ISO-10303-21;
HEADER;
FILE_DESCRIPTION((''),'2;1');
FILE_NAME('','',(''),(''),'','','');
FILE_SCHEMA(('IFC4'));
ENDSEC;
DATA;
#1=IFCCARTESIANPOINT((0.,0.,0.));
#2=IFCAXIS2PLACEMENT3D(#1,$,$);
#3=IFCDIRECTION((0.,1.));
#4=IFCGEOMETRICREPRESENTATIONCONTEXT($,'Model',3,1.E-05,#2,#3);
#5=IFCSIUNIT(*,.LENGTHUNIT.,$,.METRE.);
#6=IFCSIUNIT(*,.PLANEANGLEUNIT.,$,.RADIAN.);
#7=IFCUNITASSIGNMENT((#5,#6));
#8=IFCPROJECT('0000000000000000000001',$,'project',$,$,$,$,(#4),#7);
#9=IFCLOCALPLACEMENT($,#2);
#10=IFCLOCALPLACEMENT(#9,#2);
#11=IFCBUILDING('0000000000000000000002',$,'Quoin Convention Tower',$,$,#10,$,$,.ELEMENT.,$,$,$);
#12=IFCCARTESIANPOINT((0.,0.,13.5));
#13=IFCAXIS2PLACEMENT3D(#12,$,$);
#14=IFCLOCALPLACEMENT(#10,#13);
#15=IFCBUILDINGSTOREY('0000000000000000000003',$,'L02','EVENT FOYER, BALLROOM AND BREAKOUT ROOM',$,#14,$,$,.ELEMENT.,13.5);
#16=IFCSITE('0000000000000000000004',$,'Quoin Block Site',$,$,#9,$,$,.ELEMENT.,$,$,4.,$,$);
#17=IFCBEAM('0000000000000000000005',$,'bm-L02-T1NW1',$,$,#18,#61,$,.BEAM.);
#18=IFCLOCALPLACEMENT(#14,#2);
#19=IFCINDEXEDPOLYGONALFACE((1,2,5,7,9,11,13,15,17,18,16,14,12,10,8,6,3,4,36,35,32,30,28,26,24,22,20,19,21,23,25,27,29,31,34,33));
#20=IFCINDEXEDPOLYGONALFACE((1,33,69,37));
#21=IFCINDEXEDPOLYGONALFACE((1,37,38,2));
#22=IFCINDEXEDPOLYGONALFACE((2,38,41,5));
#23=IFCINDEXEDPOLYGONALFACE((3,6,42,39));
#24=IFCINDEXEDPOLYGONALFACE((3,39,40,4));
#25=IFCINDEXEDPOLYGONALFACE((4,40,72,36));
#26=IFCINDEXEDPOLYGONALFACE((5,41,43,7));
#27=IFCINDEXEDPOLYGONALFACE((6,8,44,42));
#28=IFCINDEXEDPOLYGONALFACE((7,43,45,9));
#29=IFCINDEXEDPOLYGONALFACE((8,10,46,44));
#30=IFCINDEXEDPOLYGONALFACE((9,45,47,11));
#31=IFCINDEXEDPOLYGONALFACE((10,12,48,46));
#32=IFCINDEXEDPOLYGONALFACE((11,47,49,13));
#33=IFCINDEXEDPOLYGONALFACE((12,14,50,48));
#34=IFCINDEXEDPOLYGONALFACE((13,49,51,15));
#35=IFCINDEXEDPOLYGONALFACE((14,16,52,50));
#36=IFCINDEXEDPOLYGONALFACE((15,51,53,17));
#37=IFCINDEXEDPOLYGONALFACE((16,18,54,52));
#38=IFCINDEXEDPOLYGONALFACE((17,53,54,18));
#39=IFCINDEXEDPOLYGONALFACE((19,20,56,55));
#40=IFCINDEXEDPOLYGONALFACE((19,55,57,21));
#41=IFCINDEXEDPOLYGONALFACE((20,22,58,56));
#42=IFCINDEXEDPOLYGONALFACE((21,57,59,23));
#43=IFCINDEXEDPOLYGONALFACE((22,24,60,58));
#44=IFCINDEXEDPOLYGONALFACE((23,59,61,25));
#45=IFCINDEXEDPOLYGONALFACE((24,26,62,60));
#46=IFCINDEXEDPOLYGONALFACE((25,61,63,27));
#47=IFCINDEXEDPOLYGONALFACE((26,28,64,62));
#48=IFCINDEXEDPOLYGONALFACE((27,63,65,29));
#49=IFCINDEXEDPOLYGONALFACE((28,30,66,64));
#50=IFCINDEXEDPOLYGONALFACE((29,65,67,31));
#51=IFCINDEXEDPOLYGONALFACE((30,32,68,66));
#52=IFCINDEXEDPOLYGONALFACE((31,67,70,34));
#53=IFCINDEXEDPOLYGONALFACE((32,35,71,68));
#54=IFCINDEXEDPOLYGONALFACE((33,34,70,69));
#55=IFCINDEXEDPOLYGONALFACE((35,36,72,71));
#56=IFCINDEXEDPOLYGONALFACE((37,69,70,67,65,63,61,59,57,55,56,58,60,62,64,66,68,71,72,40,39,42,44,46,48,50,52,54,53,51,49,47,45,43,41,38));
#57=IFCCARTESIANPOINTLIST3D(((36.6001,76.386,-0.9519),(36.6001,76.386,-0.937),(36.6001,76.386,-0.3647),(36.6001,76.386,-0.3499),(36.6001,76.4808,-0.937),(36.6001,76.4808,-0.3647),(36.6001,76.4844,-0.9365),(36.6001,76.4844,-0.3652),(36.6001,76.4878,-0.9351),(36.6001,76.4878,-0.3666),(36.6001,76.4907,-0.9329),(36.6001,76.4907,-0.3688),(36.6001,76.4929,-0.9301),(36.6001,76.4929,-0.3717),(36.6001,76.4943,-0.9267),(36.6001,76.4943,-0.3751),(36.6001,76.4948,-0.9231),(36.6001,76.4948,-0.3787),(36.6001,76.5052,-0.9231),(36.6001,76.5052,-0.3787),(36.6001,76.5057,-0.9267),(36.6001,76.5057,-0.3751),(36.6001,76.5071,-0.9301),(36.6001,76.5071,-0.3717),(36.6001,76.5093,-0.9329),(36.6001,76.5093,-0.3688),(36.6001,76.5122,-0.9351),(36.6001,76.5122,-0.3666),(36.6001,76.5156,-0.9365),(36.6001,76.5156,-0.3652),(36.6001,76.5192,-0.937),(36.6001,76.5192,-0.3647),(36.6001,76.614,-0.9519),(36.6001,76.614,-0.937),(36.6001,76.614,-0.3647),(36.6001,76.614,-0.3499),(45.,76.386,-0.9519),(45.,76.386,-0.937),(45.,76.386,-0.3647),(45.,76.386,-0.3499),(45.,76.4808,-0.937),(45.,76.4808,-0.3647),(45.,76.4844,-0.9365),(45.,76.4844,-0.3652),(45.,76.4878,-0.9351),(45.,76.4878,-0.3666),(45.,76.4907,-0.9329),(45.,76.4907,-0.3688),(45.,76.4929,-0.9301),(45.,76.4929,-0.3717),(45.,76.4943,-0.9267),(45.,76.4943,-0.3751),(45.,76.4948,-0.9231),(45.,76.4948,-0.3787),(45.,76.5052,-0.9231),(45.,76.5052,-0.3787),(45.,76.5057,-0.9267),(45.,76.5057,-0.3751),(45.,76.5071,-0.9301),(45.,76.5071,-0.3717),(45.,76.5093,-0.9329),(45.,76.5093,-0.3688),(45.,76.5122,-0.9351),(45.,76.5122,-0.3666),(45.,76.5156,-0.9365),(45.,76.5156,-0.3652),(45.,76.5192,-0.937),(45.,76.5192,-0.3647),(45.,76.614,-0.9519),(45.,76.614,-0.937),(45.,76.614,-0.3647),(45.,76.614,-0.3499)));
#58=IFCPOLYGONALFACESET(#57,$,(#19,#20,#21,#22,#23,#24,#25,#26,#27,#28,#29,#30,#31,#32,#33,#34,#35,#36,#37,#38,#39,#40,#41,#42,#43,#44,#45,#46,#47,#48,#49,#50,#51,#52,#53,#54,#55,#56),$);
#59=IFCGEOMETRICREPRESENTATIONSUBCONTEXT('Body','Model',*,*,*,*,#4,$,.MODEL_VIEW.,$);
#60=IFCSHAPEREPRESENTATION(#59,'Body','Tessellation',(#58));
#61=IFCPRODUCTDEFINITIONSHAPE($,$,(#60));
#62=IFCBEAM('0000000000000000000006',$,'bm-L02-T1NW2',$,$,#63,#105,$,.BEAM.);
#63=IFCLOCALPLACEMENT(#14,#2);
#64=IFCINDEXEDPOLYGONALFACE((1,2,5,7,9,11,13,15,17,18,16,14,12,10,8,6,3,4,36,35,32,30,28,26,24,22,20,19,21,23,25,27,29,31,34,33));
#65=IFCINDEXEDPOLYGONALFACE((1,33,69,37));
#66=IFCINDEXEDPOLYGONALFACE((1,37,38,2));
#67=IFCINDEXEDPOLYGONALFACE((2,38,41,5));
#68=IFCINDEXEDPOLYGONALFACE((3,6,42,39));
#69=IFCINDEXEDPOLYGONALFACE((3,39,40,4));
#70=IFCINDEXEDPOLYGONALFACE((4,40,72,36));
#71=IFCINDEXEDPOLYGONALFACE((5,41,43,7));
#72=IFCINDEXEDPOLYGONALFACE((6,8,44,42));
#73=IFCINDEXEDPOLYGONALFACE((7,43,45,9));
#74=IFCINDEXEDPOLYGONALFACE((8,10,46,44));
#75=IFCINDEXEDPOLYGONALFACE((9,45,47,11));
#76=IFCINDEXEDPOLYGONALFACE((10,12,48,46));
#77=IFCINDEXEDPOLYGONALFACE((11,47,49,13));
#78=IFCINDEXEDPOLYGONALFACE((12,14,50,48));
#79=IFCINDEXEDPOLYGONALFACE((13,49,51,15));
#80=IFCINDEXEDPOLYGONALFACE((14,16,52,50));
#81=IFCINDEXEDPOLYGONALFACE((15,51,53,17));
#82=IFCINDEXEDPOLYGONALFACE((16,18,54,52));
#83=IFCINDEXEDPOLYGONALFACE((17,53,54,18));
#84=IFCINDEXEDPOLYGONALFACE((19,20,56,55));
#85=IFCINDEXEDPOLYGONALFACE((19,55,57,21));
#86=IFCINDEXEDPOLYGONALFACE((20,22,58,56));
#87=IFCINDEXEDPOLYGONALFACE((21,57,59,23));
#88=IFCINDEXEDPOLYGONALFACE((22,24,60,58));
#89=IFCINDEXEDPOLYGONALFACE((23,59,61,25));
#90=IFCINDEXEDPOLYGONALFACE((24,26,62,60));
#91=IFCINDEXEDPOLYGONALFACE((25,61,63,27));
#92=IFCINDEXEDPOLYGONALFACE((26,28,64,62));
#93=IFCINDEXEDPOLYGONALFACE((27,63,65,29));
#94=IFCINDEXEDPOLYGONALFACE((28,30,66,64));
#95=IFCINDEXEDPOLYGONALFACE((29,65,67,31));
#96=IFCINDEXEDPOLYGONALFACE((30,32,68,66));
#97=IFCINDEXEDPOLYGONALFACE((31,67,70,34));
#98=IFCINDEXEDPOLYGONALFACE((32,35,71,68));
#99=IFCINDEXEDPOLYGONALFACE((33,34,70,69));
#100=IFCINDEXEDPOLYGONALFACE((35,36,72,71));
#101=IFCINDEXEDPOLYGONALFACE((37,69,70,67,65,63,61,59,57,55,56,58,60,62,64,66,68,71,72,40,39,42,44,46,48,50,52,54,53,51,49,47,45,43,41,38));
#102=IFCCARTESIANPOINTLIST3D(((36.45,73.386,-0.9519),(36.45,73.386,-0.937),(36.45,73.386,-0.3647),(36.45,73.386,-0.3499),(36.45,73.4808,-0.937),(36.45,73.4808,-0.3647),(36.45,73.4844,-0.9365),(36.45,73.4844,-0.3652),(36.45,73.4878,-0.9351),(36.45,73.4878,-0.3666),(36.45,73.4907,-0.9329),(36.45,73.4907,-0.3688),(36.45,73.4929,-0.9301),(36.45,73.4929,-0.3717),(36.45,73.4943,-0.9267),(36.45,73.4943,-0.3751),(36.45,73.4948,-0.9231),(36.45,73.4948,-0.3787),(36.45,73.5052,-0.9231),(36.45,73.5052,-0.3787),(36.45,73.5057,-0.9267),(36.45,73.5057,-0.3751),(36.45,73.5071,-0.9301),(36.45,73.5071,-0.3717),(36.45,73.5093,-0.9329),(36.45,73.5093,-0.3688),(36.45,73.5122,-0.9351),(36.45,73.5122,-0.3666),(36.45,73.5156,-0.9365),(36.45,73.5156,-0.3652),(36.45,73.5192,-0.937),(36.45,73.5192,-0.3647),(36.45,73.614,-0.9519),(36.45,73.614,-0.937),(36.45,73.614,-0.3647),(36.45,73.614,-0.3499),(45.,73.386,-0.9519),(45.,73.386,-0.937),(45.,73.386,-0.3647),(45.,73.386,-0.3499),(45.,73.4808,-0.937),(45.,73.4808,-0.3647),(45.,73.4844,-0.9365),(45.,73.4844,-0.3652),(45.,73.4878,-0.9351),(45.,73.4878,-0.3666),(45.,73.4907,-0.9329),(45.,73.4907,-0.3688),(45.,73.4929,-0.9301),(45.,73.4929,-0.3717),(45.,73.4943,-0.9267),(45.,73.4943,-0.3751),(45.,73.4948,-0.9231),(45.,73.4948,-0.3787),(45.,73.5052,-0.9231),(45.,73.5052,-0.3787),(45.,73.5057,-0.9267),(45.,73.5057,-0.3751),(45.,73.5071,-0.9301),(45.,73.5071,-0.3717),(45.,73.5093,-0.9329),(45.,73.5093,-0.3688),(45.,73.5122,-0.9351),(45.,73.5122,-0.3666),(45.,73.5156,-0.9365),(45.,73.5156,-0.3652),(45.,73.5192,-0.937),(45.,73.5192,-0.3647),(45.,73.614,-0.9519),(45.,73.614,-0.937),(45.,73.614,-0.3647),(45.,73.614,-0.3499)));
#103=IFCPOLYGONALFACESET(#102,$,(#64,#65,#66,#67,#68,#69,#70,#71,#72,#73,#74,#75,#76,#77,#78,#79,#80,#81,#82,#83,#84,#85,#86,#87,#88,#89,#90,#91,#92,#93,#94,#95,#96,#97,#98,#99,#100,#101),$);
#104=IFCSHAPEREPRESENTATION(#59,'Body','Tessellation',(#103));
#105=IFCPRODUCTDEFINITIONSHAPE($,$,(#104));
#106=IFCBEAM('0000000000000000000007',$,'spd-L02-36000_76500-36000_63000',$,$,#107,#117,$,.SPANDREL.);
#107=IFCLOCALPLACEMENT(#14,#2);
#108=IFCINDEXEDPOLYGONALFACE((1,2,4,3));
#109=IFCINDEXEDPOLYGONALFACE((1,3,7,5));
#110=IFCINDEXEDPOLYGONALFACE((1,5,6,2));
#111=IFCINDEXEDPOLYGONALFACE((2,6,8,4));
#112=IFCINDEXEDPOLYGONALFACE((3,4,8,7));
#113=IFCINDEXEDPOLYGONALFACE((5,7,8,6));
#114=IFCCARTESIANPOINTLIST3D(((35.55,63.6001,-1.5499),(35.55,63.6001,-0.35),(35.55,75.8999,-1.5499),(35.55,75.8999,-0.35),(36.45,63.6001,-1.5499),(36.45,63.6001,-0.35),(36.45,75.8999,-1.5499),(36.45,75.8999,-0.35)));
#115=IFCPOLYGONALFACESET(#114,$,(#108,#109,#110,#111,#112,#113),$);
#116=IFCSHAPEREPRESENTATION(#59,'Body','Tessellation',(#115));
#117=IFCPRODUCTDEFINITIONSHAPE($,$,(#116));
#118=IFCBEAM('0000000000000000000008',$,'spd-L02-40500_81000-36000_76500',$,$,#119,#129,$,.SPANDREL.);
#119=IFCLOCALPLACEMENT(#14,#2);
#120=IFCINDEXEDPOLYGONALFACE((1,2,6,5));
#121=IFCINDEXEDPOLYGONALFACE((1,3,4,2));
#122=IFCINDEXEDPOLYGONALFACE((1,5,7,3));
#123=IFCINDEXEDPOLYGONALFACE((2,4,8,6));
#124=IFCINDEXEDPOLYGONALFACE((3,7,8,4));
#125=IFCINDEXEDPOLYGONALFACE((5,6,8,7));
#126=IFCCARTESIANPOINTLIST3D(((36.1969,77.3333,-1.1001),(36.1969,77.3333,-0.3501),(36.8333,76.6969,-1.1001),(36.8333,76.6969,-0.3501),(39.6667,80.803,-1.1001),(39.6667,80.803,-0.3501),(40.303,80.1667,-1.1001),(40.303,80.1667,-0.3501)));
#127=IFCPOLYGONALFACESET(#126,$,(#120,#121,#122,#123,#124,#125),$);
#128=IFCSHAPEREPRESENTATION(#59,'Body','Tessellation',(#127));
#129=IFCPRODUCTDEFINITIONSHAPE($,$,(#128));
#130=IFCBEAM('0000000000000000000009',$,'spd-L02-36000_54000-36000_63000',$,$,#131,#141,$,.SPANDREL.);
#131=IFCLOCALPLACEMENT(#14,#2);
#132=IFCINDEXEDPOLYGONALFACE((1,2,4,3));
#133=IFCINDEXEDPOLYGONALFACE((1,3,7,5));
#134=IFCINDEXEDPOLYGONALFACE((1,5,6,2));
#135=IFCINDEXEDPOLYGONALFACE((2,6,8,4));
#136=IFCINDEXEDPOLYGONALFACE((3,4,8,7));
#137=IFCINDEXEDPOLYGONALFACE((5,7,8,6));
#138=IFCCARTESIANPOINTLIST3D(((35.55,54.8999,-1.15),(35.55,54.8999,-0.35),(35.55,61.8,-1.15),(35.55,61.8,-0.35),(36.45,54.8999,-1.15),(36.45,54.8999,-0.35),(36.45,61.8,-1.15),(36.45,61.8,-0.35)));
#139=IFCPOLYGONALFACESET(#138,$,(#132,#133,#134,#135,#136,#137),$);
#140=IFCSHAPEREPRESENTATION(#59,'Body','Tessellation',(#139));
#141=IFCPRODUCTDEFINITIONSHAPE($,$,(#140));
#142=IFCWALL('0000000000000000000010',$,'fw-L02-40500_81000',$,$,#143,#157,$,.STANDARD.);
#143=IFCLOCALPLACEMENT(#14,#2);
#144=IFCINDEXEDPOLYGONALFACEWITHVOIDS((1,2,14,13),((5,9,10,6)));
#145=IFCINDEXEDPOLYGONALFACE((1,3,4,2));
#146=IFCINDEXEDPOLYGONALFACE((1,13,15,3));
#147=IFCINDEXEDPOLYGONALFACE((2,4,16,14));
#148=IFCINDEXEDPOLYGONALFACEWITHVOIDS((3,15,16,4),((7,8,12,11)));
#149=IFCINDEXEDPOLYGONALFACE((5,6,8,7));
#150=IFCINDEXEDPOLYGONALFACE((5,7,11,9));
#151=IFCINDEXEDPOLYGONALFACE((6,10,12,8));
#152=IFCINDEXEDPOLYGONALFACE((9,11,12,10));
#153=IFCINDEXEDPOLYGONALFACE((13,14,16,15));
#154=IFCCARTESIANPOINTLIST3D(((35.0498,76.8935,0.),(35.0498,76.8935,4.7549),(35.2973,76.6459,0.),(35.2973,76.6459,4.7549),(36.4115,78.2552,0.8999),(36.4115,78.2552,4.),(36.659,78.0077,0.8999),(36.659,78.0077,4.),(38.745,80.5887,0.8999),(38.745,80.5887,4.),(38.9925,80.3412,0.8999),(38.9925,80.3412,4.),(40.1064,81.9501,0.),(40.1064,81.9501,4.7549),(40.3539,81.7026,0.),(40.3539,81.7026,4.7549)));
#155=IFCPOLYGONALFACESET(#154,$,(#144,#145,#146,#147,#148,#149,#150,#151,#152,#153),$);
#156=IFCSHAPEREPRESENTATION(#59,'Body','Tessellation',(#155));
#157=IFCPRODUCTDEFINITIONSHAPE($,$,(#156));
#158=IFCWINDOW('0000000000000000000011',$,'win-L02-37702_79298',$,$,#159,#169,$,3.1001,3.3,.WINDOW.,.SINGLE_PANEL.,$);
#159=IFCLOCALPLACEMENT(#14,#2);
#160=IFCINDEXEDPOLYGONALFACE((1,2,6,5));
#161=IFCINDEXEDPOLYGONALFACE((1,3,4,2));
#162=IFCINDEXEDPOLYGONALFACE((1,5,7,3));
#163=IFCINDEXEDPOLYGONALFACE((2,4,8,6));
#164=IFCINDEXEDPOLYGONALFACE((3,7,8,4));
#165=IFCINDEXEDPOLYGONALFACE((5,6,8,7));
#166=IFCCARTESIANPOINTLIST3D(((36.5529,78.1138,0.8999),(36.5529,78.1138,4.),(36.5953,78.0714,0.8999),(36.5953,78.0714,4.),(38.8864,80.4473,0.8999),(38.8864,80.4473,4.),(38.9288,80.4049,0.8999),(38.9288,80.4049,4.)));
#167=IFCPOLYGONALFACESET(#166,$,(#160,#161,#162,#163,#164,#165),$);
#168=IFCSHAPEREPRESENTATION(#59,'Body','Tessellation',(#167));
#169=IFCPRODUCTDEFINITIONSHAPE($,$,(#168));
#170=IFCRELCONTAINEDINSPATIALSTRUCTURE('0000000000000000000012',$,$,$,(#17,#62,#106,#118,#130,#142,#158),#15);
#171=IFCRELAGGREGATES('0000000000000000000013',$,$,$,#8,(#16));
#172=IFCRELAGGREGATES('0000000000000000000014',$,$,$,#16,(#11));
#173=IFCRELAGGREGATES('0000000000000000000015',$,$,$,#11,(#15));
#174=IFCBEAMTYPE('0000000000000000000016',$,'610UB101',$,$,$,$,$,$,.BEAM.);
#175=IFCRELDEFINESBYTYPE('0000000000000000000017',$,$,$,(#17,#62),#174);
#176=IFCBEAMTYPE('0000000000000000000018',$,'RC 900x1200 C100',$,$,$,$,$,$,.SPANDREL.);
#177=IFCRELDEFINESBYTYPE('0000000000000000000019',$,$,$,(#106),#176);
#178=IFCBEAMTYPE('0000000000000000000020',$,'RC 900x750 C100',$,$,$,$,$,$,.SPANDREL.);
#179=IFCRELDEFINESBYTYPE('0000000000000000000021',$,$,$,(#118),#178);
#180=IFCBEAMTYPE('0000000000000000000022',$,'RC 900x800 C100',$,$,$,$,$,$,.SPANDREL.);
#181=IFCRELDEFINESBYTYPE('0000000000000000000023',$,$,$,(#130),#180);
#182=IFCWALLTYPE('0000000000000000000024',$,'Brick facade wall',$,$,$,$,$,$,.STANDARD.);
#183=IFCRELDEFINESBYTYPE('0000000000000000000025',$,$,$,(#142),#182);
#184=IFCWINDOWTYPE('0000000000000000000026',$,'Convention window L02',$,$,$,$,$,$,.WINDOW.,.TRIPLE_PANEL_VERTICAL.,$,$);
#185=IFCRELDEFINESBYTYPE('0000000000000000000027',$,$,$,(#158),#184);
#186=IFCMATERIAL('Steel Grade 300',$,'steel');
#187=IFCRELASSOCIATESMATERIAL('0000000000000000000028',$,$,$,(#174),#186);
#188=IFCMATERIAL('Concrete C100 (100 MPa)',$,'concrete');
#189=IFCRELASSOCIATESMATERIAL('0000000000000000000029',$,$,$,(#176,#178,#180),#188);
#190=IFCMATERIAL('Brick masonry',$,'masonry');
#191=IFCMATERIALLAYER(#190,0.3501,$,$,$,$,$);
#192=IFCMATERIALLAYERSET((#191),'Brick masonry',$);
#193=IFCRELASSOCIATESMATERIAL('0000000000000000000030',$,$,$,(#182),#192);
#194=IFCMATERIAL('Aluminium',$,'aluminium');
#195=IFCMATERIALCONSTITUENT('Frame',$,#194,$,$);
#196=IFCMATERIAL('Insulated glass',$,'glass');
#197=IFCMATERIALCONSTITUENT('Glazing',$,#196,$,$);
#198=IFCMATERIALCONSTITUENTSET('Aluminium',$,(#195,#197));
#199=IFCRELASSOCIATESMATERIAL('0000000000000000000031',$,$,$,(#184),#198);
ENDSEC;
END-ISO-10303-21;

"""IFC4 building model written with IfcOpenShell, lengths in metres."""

from ifc_helpers import new_model, si_unit, direction, frame, frame_2d, origin, origin_2d, place, context, subcontext, project, spatial, rectangle, i_section, extrude, material, layer, layer_set, constituent, constituent_set, material_profile, profile_set, type_object, element, fill, save


model = new_model("IFC4")

# Units and contexts
model_context = context("Model", 3, precision=1e-05, world=origin(), true_north=direction((0.0, 1.0)))
body_context = subcontext(model_context, "Body", "Model", "MODEL_VIEW")
ifc_project = project(units=[si_unit("LENGTHUNIT", "METRE"), si_unit("PLANEANGLEUNIT", "RADIAN")], contexts=[model_context])

# Site, building, storey
site_placement = place(None, origin())
site = spatial("IfcSite", under=ifc_project, at=site_placement, Name="Quoin Block Site", CompositionType="ELEMENT", RefElevation=4.0)
building_placement = place(site_placement, origin())
building = spatial("IfcBuilding", under=site, at=building_placement, Name="Quoin Convention Tower", CompositionType="ELEMENT")
storey_placement = place(building_placement, frame((0.0, 0.0, 13.5)))
storey = spatial("IfcBuildingStorey", under=building, at=storey_placement, Name="L02", Description="EVENT FOYER, BALLROOM AND BREAKOUT ROOM", CompositionType="ELEMENT", Elevation=13.5)

# Shared definitions
ifc_material_1 = material(Name="Concrete C100 (100 MPa)", Category="concrete")

# Beams
ifc_material_2 = material(Name="Steel Grade 300", Category="steel")
ifc_material_profile_1 = material_profile(ifc_material_2, i_section(OverallWidth=0.228, OverallDepth=0.6021, WebThickness=0.0105, FlangeThickness=0.0149, FilletRadius=0.0139, at=origin_2d()), Name="610UB101")
ifc_profile_set_1 = profile_set([ifc_material_profile_1], Name="Steel Grade 300")
beam_type_1 = type_object("IfcBeamType", Name="610UB101", PredefinedType="BEAM", material=ifc_profile_set_1)
beam_1_placement = place(storey_placement, frame((36.6001, 76.5, -0.6509), z_axis=(1.0, 0.0, 0.0), x_axis=(0.0, 1.0, 0.0)))
element("IfcBeam", 1, at=beam_1_placement, inside=storey, type_object=beam_type_1, Name="bm-L02-T1NW1", PredefinedType="BEAM", context=body_context, shape_type="SweptSolid", body=[
    extrude(i_section(OverallWidth=0.228, OverallDepth=0.6021, WebThickness=0.0105, FlangeThickness=0.0149, FilletRadius=0.0139, at=origin_2d()), origin(), (0.0, 0.0, 1.0), 8.3999),
])
beam_2_placement = place(storey_placement, frame((36.45, 73.5, -0.6509), z_axis=(1.0, 0.0, 0.0), x_axis=(0.0, 1.0, 0.0)))
element("IfcBeam", 2, at=beam_2_placement, inside=storey, type_object=beam_type_1, Name="bm-L02-T1NW2", PredefinedType="BEAM", context=body_context, shape_type="SweptSolid", body=[
    extrude(i_section(OverallWidth=0.228, OverallDepth=0.6021, WebThickness=0.0105, FlangeThickness=0.0149, FilletRadius=0.0139, at=origin_2d()), origin(), (0.0, 0.0, 1.0), 8.55),
])
ifc_material_profile_2 = material_profile(ifc_material_1, rectangle(XDim=0.8999, YDim=1.2, at=origin_2d()), Name="RC 900x1200")
ifc_profile_set_2 = profile_set([ifc_material_profile_2], Name="Concrete C100 (100 MPa)")
beam_type_2 = type_object("IfcBeamType", Name="RC 900x1200 C100", PredefinedType="SPANDREL", material=ifc_profile_set_2)
beam_3_placement = place(storey_placement, frame((36.0, 75.8999, -0.95), z_axis=(0.0, -1.0, 0.0), x_axis=(1.0, 0.0, 0.0)))
element("IfcBeam", 3, at=beam_3_placement, inside=storey, type_object=beam_type_2, Name="spd-L02-36000_76500-36000_63000", PredefinedType="SPANDREL", context=body_context, shape_type="SweptSolid", body=[
    extrude(rectangle(XDim=0.8999, YDim=1.2, at=origin_2d()), origin(), (0.0, 0.0, 1.0), 12.2998),
])
ifc_material_profile_3 = material_profile(ifc_material_1, rectangle(XDim=0.8999, YDim=0.75, at=origin_2d()), Name="RC 900x750")
ifc_profile_set_3 = profile_set([ifc_material_profile_3], Name="Concrete C100 (100 MPa)")
beam_type_3 = type_object("IfcBeamType", Name="RC 900x750 C100", PredefinedType="SPANDREL", material=ifc_profile_set_3)
beam_4_placement = place(storey_placement, frame((39.9849, 80.4849, -0.7251), z_axis=(-0.707107, -0.707107, 0.0), x_axis=(0.707107, -0.707107, 0.0)))
element("IfcBeam", 4, at=beam_4_placement, inside=storey, type_object=beam_type_3, Name="spd-L02-40500_81000-36000_76500", PredefinedType="SPANDREL", context=body_context, shape_type="SweptSolid", body=[
    extrude(rectangle(XDim=0.8999, YDim=0.75, at=origin_2d()), origin(), (0.0, 0.0, 1.0), 4.907),
])
ifc_material_profile_4 = material_profile(ifc_material_1, rectangle(XDim=0.8999, YDim=0.8, at=origin_2d()), Name="RC 900x800")
ifc_profile_set_4 = profile_set([ifc_material_profile_4], Name="Concrete C100 (100 MPa)")
beam_type_4 = type_object("IfcBeamType", Name="RC 900x800 C100", PredefinedType="SPANDREL", material=ifc_profile_set_4)
beam_5_placement = place(storey_placement, frame((36.0, 54.8999, -0.75), z_axis=(0.0, 1.0, 0.0), x_axis=(-1.0, 0.0, 0.0)))
element("IfcBeam", 5, at=beam_5_placement, inside=storey, type_object=beam_type_4, Name="spd-L02-36000_54000-36000_63000", PredefinedType="SPANDREL", context=body_context, shape_type="SweptSolid", body=[
    extrude(rectangle(XDim=0.8999, YDim=0.8, at=origin_2d()), origin(), (0.0, 0.0, 1.0), 6.9001),
])

# Wall, opening, window
ifc_material_3 = material(Name="Brick masonry", Category="masonry")
ifc_layer_1 = layer(ifc_material_3, 0.3501)
ifc_layer_set_1 = layer_set([ifc_layer_1], Name="Brick masonry")
wall_type_1 = type_object("IfcWallType", Name="Brick facade wall", PredefinedType="STANDARD", material=ifc_layer_set_1)
wall_1_placement = place(storey_placement, frame((40.2302, 81.8264, 0.0), z_axis=(0.0, 0.0, 1.0), x_axis=(-0.707107, -0.707107, 0.0)))
wall_1 = element("IfcWall", 6, at=wall_1_placement, inside=storey, type_object=wall_type_1, Name="fw-L02-40500_81000", PredefinedType="STANDARD", context=body_context, shape_type="SweptSolid", body=[
    extrude(rectangle(XDim=7.1511, YDim=0.3501, at=frame_2d((3.5757, 0.0))), origin(), (0.0, 0.0, 1.0), 4.7549),
])
opening_1_placement = place(wall_1_placement, frame((1.9255, 0.0, 0.8999)))
opening_1 = element("IfcOpeningElement", 7, at=opening_1_placement, cuts=wall_1, PredefinedType="OPENING", context=body_context, shape_type="SweptSolid", body=[
    extrude(rectangle(XDim=3.3, YDim=3.1001, at=frame_2d((1.6499, 1.55))), frame((0.0, 0.1851, 0.0), z_axis=(0.0, -1.0, 0.0), x_axis=(1.0, 0.0, 0.0)), (0.0, 0.0, 1.0), 0.3701),
])
ifc_material_4 = material(Name="Aluminium", Category="aluminium")
ifc_constituent_1 = constituent(ifc_material_4, Name="Frame")
ifc_material_5 = material(Name="Insulated glass", Category="glass")
ifc_constituent_2 = constituent(ifc_material_5, Name="Glazing")
ifc_constituent_set = constituent_set(constituents=[ifc_constituent_1, ifc_constituent_2], Name="Aluminium")
window_type = type_object("IfcWindowType", Name="Convention window L02", PartitioningType="TRIPLE_PANEL_VERTICAL", PredefinedType="WINDOW", material=ifc_constituent_set)
window_1_placement = place(opening_1_placement, origin())
window_1 = element("IfcWindow", 8, at=window_1_placement, inside=storey, type_object=window_type, Name="win-L02-37702_79298", OverallHeight=3.1001, OverallWidth=3.3, PartitioningType="SINGLE_PANEL", PredefinedType="WINDOW", context=body_context, shape_type="SweptSolid", body=[
    extrude(rectangle(XDim=3.3, YDim=3.1001, at=frame_2d((1.6499, 1.55))), frame((0.0, 0.085, 0.0), z_axis=(0.0, -1.0, 0.0), x_axis=(1.0, 0.0, 0.0)), (0.0, 0.0, 1.0), 0.0601),
])
fill(opening_1, window_1)

save(model, "model.ifc")
